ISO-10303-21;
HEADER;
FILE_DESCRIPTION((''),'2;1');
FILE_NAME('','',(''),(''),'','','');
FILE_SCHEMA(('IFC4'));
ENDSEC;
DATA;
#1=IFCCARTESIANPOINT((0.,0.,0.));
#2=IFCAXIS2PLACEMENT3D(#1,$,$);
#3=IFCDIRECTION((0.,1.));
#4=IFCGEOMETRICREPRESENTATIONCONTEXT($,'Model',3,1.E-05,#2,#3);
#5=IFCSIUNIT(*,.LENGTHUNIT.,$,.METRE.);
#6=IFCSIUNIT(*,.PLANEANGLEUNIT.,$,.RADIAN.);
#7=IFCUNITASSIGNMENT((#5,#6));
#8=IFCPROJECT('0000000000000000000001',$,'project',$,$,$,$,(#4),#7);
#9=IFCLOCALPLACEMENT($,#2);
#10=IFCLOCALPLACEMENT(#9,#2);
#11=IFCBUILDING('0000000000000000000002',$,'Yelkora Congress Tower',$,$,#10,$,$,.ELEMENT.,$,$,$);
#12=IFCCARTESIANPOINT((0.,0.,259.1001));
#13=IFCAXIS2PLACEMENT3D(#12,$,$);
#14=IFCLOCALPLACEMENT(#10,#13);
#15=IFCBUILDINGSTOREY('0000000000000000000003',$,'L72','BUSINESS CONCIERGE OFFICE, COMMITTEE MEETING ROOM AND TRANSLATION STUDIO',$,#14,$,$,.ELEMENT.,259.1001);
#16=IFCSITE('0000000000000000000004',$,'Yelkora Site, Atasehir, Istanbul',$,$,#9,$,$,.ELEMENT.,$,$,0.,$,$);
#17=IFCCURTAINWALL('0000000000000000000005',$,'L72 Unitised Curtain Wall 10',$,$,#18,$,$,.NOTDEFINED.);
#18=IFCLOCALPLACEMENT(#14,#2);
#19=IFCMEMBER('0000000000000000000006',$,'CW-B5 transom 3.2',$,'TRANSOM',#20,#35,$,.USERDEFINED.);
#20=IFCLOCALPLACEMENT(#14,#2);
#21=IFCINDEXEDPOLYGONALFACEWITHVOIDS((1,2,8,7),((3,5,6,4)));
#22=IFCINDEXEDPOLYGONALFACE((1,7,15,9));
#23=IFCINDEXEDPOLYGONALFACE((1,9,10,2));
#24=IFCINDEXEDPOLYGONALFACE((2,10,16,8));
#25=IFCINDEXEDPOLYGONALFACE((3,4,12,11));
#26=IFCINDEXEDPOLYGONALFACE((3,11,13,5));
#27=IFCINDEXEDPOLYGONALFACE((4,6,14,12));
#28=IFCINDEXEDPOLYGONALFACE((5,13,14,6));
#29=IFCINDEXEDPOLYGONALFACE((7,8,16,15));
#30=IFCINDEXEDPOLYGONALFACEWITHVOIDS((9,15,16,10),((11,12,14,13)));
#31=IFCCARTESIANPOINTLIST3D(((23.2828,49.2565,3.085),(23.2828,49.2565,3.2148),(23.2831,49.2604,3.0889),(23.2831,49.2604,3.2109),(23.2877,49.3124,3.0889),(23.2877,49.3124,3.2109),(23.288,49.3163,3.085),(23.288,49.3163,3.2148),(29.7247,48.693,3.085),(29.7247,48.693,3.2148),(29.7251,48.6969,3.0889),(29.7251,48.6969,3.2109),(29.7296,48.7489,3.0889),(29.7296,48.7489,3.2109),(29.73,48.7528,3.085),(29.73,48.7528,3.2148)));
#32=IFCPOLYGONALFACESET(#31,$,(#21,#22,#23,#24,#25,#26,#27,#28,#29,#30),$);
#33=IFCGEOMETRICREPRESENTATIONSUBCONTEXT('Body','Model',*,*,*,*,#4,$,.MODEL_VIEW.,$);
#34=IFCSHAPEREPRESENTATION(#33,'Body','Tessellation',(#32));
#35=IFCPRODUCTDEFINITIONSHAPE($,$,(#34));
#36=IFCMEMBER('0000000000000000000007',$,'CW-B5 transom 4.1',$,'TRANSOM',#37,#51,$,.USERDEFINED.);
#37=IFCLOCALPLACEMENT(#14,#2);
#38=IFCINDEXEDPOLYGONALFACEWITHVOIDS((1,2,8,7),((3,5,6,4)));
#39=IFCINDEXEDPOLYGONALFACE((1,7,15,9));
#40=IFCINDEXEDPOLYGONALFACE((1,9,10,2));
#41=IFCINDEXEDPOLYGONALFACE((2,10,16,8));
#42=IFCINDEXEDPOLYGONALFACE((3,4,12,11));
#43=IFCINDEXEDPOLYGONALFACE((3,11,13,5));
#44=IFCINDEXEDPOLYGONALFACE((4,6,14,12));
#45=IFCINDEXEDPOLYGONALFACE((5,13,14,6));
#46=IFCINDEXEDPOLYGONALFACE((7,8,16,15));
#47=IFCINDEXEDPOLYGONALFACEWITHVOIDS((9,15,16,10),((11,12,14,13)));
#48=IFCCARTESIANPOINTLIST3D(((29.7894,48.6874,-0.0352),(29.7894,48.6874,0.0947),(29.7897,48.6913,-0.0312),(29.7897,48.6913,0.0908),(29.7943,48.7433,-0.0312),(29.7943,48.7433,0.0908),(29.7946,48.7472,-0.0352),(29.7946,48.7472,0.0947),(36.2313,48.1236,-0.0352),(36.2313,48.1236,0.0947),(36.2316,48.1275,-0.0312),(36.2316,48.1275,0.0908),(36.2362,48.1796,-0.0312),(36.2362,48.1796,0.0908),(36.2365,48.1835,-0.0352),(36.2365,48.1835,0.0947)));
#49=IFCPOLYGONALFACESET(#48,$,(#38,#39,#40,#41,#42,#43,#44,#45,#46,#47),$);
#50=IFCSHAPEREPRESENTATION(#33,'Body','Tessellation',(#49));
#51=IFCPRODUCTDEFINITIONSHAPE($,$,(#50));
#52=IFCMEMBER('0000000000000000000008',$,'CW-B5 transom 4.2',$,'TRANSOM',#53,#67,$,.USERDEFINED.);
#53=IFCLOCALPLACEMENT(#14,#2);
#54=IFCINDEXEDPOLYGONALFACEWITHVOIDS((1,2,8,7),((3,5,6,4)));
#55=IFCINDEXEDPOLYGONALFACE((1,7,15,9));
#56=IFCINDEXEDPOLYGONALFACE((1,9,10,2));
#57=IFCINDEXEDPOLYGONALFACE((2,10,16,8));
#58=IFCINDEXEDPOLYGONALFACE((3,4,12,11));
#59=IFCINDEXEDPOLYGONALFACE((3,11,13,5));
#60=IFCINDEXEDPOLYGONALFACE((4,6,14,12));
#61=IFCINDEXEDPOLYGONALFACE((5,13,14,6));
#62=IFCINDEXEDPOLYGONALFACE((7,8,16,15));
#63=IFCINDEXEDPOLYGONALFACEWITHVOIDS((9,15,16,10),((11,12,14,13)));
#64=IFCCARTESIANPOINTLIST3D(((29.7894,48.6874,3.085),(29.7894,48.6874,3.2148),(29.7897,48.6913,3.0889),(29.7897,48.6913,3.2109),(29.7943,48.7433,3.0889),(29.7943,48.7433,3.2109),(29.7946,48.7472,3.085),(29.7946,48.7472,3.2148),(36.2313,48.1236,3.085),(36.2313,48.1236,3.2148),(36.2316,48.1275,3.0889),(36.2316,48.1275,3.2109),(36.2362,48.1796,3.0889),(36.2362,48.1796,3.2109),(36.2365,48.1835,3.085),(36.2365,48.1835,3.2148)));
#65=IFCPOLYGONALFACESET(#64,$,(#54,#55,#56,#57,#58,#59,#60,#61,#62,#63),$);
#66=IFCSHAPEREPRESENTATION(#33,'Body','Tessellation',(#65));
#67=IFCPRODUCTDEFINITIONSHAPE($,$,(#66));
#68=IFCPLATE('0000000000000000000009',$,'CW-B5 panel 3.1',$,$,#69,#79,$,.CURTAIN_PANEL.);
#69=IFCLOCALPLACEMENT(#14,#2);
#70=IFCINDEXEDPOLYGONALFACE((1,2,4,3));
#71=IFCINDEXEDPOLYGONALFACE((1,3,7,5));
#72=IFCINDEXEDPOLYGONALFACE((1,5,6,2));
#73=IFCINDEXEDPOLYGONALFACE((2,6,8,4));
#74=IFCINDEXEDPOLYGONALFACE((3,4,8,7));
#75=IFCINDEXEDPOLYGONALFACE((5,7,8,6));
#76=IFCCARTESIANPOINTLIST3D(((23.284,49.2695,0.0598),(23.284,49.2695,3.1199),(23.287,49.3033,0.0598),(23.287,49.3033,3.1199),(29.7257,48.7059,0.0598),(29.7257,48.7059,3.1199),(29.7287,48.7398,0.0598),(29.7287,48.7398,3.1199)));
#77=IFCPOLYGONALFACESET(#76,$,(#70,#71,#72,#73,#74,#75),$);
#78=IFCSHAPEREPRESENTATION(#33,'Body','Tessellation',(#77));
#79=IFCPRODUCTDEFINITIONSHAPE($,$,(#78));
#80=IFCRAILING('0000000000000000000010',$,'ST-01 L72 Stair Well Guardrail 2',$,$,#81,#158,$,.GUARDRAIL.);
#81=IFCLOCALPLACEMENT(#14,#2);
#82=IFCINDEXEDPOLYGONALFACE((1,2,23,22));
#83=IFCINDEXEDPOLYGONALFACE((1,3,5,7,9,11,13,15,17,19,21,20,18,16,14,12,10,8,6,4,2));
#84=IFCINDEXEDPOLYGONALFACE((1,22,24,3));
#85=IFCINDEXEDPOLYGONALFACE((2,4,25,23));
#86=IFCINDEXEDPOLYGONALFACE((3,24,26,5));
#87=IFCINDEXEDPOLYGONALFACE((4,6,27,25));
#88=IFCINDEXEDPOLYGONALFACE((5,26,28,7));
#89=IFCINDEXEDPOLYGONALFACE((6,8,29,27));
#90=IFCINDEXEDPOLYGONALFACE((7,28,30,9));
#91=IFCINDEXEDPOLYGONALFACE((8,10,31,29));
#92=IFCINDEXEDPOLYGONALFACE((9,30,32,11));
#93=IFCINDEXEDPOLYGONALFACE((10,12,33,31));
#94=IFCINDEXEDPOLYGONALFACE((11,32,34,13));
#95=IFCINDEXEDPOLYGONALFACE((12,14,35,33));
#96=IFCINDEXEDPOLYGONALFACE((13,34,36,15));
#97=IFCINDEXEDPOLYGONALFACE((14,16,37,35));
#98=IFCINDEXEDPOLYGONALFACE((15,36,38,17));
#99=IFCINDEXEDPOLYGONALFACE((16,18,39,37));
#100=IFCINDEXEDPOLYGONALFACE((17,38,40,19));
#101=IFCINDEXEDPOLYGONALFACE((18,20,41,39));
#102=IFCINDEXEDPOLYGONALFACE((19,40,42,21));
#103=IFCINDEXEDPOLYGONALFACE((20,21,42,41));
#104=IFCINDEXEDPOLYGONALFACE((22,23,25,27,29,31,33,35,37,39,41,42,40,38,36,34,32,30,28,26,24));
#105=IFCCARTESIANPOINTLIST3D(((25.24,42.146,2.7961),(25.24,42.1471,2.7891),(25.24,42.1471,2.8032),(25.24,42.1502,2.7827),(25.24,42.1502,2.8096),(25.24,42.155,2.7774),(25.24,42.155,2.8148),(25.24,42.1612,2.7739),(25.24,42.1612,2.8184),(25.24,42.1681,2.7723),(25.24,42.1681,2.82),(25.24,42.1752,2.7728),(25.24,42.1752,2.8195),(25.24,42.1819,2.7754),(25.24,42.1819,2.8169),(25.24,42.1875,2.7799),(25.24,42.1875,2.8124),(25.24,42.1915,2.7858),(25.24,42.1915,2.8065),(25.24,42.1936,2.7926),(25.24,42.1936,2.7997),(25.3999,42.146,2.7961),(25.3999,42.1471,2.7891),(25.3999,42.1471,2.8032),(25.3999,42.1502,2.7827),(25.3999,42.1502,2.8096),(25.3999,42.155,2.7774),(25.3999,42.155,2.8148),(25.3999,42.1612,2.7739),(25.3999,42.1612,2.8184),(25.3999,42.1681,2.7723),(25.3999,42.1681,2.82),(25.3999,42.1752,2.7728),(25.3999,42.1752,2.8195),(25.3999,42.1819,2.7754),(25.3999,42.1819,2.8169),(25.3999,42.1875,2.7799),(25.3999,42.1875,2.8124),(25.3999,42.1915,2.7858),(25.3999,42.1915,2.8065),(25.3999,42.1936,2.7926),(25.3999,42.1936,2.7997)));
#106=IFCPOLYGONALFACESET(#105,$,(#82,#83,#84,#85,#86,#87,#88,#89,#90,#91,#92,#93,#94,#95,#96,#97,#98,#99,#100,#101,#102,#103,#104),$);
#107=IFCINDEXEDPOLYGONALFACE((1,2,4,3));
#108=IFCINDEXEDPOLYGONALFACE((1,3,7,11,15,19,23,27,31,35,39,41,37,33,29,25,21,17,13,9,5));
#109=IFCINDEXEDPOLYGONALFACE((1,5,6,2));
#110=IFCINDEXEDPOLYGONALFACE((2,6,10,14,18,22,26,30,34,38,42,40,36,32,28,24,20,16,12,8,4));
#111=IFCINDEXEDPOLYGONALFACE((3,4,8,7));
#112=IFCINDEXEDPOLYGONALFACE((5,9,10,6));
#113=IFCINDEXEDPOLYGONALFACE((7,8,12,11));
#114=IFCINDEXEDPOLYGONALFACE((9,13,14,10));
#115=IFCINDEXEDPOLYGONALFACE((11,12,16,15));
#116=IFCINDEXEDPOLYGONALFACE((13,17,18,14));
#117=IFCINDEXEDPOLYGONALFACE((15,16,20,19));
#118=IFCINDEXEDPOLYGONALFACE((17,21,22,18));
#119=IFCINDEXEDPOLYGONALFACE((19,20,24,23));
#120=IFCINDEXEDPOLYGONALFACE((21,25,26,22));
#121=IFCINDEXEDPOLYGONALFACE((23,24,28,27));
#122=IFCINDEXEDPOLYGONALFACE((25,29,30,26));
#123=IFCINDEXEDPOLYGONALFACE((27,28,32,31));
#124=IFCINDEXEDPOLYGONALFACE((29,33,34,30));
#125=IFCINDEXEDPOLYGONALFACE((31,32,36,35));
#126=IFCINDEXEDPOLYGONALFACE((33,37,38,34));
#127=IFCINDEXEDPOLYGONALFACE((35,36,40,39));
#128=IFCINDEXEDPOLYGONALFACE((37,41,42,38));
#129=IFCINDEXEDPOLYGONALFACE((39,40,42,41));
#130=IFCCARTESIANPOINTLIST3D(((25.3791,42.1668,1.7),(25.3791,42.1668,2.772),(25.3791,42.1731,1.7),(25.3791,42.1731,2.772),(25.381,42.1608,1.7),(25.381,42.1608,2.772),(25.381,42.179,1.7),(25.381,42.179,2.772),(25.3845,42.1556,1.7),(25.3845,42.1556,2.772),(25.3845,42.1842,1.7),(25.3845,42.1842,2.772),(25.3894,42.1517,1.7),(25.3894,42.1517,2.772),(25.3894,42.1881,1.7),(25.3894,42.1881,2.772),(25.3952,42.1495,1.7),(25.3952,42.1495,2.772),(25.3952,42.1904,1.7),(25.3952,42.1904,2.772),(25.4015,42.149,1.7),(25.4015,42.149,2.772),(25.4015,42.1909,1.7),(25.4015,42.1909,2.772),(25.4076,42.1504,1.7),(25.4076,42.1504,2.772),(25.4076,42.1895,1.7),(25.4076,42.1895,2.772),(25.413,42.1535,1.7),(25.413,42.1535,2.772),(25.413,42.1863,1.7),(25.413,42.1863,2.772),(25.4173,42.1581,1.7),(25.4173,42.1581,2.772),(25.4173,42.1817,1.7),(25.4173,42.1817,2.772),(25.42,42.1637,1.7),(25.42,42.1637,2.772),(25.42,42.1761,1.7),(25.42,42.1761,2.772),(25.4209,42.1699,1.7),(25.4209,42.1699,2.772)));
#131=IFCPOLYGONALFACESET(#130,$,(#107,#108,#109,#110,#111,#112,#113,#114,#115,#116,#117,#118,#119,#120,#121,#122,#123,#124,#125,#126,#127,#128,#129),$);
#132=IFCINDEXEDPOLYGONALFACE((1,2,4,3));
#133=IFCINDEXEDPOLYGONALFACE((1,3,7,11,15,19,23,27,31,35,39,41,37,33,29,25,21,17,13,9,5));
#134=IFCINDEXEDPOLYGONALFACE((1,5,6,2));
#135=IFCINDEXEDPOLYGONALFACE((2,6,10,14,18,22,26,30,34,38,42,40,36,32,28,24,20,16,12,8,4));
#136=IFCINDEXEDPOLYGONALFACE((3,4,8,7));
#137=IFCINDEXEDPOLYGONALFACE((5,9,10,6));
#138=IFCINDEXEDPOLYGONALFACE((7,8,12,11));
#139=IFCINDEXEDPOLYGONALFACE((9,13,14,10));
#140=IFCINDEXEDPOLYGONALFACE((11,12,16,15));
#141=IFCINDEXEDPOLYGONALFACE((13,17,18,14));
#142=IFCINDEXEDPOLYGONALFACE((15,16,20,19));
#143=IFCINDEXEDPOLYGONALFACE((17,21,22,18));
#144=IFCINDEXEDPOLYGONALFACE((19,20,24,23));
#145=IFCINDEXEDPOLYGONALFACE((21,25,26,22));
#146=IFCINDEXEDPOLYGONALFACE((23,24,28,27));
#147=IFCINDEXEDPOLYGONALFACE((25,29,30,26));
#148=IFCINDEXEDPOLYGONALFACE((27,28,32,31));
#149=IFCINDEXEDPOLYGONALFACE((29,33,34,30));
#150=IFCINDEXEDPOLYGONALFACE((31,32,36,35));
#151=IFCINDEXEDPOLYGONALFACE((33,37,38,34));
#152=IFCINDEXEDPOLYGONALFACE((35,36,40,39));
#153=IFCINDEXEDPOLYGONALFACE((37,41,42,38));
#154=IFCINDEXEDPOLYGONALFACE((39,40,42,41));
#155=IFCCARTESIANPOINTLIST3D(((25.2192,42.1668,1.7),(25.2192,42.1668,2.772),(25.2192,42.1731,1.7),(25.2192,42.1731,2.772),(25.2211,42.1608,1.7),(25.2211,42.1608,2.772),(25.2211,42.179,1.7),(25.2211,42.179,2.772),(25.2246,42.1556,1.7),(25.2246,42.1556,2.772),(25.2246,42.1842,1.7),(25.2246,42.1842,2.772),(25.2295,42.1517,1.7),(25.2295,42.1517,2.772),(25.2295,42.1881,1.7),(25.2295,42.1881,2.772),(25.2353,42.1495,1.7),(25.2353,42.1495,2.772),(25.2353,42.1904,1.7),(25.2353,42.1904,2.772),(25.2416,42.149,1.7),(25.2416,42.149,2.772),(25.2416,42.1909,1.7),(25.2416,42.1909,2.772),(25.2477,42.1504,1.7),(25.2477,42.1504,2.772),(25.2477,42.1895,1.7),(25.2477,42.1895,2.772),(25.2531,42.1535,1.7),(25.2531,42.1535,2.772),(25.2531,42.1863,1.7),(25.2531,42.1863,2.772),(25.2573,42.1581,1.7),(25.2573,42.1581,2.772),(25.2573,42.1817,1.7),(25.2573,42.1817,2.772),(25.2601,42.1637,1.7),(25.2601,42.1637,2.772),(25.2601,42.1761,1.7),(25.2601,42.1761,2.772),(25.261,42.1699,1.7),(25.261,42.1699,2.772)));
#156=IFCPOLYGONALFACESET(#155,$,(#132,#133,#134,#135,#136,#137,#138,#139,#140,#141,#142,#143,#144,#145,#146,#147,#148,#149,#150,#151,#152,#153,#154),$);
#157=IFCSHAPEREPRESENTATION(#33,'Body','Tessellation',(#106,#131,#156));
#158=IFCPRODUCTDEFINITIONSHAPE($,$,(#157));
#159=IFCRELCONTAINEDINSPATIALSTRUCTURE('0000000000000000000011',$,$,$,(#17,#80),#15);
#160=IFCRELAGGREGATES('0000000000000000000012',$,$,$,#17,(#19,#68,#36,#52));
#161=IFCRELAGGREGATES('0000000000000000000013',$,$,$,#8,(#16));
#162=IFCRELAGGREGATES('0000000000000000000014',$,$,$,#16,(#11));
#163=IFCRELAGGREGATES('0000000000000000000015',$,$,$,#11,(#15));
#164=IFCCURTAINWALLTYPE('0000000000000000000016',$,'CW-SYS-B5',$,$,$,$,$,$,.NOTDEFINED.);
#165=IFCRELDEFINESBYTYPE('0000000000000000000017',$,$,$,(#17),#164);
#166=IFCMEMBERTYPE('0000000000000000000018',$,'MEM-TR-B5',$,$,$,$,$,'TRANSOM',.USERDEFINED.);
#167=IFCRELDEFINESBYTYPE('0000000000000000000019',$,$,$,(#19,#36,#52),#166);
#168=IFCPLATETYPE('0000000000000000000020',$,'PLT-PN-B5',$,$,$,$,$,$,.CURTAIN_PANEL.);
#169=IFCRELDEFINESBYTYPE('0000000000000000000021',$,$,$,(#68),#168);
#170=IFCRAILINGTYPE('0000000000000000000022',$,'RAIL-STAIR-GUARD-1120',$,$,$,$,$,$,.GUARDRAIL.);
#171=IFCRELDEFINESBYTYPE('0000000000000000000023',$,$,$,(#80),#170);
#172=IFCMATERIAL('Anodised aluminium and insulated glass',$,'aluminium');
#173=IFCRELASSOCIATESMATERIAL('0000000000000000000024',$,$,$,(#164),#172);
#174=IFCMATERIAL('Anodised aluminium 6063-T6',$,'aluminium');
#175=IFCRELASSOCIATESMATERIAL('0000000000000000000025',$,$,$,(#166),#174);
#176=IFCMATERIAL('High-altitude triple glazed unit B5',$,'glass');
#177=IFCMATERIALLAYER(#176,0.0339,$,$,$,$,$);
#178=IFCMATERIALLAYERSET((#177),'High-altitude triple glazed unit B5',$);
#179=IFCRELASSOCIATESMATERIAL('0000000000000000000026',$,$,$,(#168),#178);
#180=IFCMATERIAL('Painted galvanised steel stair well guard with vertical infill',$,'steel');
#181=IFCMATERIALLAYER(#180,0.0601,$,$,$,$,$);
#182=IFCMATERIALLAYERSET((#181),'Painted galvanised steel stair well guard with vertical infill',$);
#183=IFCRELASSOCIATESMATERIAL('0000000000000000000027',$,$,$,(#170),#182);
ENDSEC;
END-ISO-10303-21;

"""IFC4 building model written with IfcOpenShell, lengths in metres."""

from ifc_helpers import new_model, si_unit, direction, frame, origin, origin_2d, place, context, subcontext, project, spatial, rectangle, hollow_rectangle, circle, extrude, material, layer, layer_set, material_profile, profile_set, type_object, element, aggregate, save


model = new_model("IFC4")

# Units and contexts
model_context = context("Model", 3, precision=1e-05, world=origin(), true_north=direction((0.0, 1.0)))
body_context = subcontext(model_context, "Body", "Model", "MODEL_VIEW")
ifc_project = project(units=[si_unit("LENGTHUNIT", "METRE"), si_unit("PLANEANGLEUNIT", "RADIAN")], contexts=[model_context])

# Site, building, storey
site_placement = place(None, origin())
site = spatial("IfcSite", under=ifc_project, at=site_placement, Name="Yelkora Site, Atasehir, Istanbul", CompositionType="ELEMENT", RefElevation=0.0)
building_placement = place(site_placement, origin())
building = spatial("IfcBuilding", under=site, at=building_placement, Name="Yelkora Congress Tower", CompositionType="ELEMENT")
storey_placement = place(building_placement, frame((0.0, 0.0, 259.1001)))
storey = spatial("IfcBuildingStorey", under=building, at=storey_placement, Name="L72", Description="BUSINESS CONCIERGE OFFICE, COMMITTEE MEETING ROOM AND TRANSLATION STUDIO", CompositionType="ELEMENT", Elevation=259.1001)

# Curtain wall, members, plate
ifc_material_1 = material(Name="Anodised aluminium and insulated glass", Category="aluminium")
curtain_wall_type = type_object("IfcCurtainWallType", Name="CW-SYS-B5", PredefinedType="NOTDEFINED", material=ifc_material_1)
curtain_wall_placement = place(storey_placement, origin())
curtain_wall = element("IfcCurtainWall", 1, at=curtain_wall_placement, inside=storey, type_object=curtain_wall_type, Name="L72 Unitised Curtain Wall 10", PredefinedType="NOTDEFINED")
ifc_material_2 = material(Name="Anodised aluminium 6063-T6", Category="aluminium")
ifc_material_profile_1 = material_profile(ifc_material_2, hollow_rectangle(XDim=0.0601, YDim=0.1299, WallThickness=0.0039, at=origin_2d()), Name="ALU 60x130x4")
ifc_profile_set_1 = profile_set([ifc_material_profile_1], Name="Anodised aluminium 6063-T6")
member_type_1 = type_object("IfcMemberType", Name="MEM-TR-B5", ElementType="TRANSOM", PredefinedType="USERDEFINED", material=ifc_profile_set_1)
member_1_placement = place(storey_placement, frame((23.2854, 49.2864, 3.1499), z_axis=(0.996196, -0.087138, 0.0), x_axis=(0.087138, 0.996196, 0.0)))
member_1 = element("IfcMember", 2, at=member_1_placement, type_object=member_type_1, Name="CW-B5 transom 3.2", ObjectType="TRANSOM", PredefinedType="USERDEFINED", context=body_context, shape_type="SweptSolid", body=[
    extrude(hollow_rectangle(XDim=0.0601, YDim=0.1299, WallThickness=0.0039, at=origin_2d()), origin(), (0.0, 0.0, 1.0), 6.4666),
])
member_2_placement = place(storey_placement, frame((29.792, 48.7173, 0.0298), z_axis=(0.996193, -0.087175, 0.0), x_axis=(0.087175, 0.996193, 0.0)))
member_2 = element("IfcMember", 3, at=member_2_placement, type_object=member_type_1, Name="CW-B5 transom 4.1", ObjectType="TRANSOM", PredefinedType="USERDEFINED", context=body_context, shape_type="SweptSolid", body=[
    extrude(hollow_rectangle(XDim=0.0601, YDim=0.1299, WallThickness=0.0039, at=origin_2d()), origin(), (0.0, 0.0, 1.0), 6.4666),
])
member_3_placement = place(storey_placement, frame((29.792, 48.7173, 3.1499), z_axis=(0.996193, -0.087175, 0.0), x_axis=(0.087175, 0.996193, 0.0)))
member_3 = element("IfcMember", 4, at=member_3_placement, type_object=member_type_1, Name="CW-B5 transom 4.2", ObjectType="TRANSOM", PredefinedType="USERDEFINED", context=body_context, shape_type="SweptSolid", body=[
    extrude(hollow_rectangle(XDim=0.0601, YDim=0.1299, WallThickness=0.0039, at=origin_2d()), origin(), (0.0, 0.0, 1.0), 6.4666),
])
ifc_material_3 = material(Name="High-altitude triple glazed unit B5", Category="glass")
ifc_layer_1 = layer(ifc_material_3, 0.0339)
ifc_layer_set_1 = layer_set([ifc_layer_1], Name="High-altitude triple glazed unit B5")
plate_type = type_object("IfcPlateType", Name="PLT-PN-B5", PredefinedType="CURTAIN_PANEL", material=ifc_layer_set_1)
plate_placement = place(storey_placement, frame((26.5063, 49.0046, 0.0598), z_axis=(0.0, 0.0, 1.0), x_axis=(0.996195, -0.087157, 0.0)))
plate = element("IfcPlate", 5, at=plate_placement, type_object=plate_type, Name="CW-B5 panel 3.1", PredefinedType="CURTAIN_PANEL", context=body_context, shape_type="SweptSolid", body=[
    extrude(rectangle(XDim=6.4663, YDim=0.0339, at=origin_2d()), origin(), (0.0, 0.0, 1.0), 3.0601),
])
aggregate(curtain_wall, [member_1, plate, member_2, member_3])

# Railing
ifc_material_4 = material(Name="Painted galvanised steel stair well guard with vertical infill", Category="steel")
ifc_layer_2 = layer(ifc_material_4, 0.0601)
ifc_layer_set_2 = layer_set([ifc_layer_2], Name="Painted galvanised steel stair well guard with vertical infill")
railing_type = type_object("IfcRailingType", Name="RAIL-STAIR-GUARD-1120", PredefinedType="GUARDRAIL", material=ifc_layer_set_2)
railing_1_placement = place(storey_placement, frame((25.3999, 42.1699, 1.7)))
element("IfcRailing", 6, at=railing_1_placement, inside=storey, type_object=railing_type, Name="ST-01 L72 Stair Well Guardrail 2", PredefinedType="GUARDRAIL", context=body_context, shape_type="SweptSolid", body=[
    extrude(circle(Radius=0.0239, at=origin_2d()), frame((0.0, 0.0, 1.0962), z_axis=(-1.0, 0.0, 0.0), x_axis=(0.0, -1.0, 0.0)), (0.0, 0.0, 1.0), 0.1599),
    extrude(circle(Radius=0.021, at=origin_2d()), origin(), (0.0, 0.0, 1.0), 1.072),
    extrude(circle(Radius=0.021, at=origin_2d()), frame((-0.1599, 0.0, 0.0)), (0.0, 0.0, 1.0), 1.072),
])

save(model, "model.ifc")
